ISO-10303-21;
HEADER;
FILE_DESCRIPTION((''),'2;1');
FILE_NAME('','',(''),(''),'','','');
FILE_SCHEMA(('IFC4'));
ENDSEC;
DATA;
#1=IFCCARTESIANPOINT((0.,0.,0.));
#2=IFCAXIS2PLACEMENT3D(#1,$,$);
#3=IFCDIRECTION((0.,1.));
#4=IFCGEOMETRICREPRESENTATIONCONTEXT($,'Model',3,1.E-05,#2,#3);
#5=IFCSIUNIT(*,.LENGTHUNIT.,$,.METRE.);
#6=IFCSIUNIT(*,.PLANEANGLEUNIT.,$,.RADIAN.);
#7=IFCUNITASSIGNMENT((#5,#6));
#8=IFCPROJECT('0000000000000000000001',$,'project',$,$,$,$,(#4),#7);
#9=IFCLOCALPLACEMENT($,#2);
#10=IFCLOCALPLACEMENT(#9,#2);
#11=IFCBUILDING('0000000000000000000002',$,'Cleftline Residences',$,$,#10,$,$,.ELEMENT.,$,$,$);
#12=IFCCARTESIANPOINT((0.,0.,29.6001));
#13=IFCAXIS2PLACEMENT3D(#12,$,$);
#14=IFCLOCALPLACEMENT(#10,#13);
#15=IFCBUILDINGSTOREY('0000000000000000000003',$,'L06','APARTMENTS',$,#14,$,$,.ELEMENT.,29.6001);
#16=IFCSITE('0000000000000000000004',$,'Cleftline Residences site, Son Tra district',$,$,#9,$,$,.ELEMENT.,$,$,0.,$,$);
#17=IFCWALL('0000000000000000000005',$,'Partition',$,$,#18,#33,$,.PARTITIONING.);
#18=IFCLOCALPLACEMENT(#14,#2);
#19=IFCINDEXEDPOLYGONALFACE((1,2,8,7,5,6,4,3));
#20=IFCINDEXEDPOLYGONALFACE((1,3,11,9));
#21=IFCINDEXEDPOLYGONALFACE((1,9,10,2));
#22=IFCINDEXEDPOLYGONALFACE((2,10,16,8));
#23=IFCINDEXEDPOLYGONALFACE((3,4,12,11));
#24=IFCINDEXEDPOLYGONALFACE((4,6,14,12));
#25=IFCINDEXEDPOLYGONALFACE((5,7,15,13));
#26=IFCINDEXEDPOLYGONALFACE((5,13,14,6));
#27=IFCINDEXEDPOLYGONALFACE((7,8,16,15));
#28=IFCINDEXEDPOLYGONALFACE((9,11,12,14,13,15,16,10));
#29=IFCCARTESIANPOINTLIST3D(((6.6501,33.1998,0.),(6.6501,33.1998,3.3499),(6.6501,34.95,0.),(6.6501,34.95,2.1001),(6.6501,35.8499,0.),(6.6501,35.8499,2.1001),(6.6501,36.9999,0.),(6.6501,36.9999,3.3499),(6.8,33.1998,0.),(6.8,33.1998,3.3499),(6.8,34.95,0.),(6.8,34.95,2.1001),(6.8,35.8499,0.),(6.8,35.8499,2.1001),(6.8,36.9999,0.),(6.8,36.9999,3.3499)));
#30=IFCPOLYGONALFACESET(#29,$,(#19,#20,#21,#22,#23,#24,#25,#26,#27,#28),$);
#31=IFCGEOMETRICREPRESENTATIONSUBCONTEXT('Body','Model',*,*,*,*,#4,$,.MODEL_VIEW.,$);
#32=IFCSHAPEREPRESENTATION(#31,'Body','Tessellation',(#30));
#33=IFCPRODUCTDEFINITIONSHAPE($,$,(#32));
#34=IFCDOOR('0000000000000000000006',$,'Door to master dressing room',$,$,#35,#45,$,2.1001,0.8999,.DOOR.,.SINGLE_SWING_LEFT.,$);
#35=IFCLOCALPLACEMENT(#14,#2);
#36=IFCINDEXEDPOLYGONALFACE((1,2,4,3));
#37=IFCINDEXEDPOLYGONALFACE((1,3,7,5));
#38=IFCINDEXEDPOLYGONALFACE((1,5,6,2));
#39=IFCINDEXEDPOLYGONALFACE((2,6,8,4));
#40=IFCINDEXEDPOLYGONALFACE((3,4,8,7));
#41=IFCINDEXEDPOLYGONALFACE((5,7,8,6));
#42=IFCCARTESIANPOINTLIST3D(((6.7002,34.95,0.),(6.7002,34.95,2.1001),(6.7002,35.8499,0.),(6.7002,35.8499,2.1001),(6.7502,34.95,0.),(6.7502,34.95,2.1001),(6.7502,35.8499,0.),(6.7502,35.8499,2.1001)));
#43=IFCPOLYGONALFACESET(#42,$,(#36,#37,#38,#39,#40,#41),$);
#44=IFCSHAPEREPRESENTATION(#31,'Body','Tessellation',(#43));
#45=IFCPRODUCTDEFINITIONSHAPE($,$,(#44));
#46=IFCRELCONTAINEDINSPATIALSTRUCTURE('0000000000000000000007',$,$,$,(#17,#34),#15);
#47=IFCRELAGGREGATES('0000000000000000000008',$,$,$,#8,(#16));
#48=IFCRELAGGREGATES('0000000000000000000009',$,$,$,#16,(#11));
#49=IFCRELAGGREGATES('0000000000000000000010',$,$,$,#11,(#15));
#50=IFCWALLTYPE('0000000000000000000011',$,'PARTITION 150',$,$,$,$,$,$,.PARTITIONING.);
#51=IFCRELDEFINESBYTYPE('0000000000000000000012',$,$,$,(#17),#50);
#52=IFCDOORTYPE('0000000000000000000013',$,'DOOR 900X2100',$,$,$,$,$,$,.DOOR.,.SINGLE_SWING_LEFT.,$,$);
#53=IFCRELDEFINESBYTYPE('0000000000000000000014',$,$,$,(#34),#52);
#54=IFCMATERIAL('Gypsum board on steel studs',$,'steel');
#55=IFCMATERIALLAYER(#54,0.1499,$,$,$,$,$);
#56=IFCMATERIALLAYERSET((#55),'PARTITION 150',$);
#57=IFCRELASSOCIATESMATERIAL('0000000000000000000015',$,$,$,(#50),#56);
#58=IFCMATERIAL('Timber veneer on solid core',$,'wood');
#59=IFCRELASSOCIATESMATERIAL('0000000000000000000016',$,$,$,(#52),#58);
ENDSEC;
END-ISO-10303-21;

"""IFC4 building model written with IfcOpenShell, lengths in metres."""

from ifc_helpers import new_model, si_unit, direction, frame, frame_2d, origin, place, context, subcontext, project, spatial, rectangle, extrude, material, layer, layer_set, type_object, element, fill, save


model = new_model("IFC4")

# Units and contexts
model_context = context("Model", 3, precision=1e-05, world=origin(), true_north=direction((0.0, 1.0)))
body_context = subcontext(model_context, "Body", "Model", "MODEL_VIEW")
ifc_project = project(units=[si_unit("LENGTHUNIT", "METRE"), si_unit("PLANEANGLEUNIT", "RADIAN")], contexts=[model_context])

# Site, building, storey
site_placement = place(None, origin())
site = spatial("IfcSite", under=ifc_project, at=site_placement, Name="Cleftline Residences site, Son Tra district", CompositionType="ELEMENT", RefElevation=0.0)
building_placement = place(site_placement, origin())
building = spatial("IfcBuilding", under=site, at=building_placement, Name="Cleftline Residences", CompositionType="ELEMENT")
storey_placement = place(building_placement, frame((0.0, 0.0, 29.6001)))
storey = spatial("IfcBuildingStorey", under=building, at=storey_placement, Name="L06", Description="APARTMENTS", CompositionType="ELEMENT", Elevation=29.6001)

# Shared definitions
ifc_material_1 = material(Name="Gypsum board on steel studs", Category="steel")
ifc_layer = layer(ifc_material_1, 0.1499)
ifc_layer_set = layer_set([ifc_layer], Name="PARTITION 150")
wall_type = type_object("IfcWallType", Name="PARTITION 150", PredefinedType="PARTITIONING", material=ifc_layer_set)

# Shared definitions
ifc_material_2 = material(Name="Timber veneer on solid core", Category="wood")
door_type_1 = type_object("IfcDoorType", Name="DOOR 900X2100", OperationType="SINGLE_SWING_LEFT", PredefinedType="DOOR", material=ifc_material_2)

# Wall, opening, door
wall_1_placement = place(storey_placement, frame((6.7251, 33.2, 0.0), z_axis=(0.0, 0.0, 1.0), x_axis=(0.0, 1.0, 0.0)))
wall_1 = element("IfcWall", 1, at=wall_1_placement, inside=storey, type_object=wall_type, Name="Partition", PredefinedType="PARTITIONING", context=body_context, shape_type="SweptSolid", body=[
    extrude(rectangle(XDim=3.8, YDim=0.1499, at=frame_2d((1.8999, 0.0))), origin(), (0.0, 0.0, 1.0), 3.3499),
])
opening_1_placement = place(wall_1_placement, frame((1.75, 0.0, 0.0)))
opening_1 = element("IfcOpeningElement", 2, at=opening_1_placement, cuts=wall_1, PredefinedType="OPENING", context=body_context, shape_type="SweptSolid", body=[
    extrude(rectangle(XDim=0.8999, YDim=2.1001, at=frame_2d((0.45, 1.05))), frame((0.0, 0.085, 0.0), z_axis=(0.0, -1.0, 0.0), x_axis=(1.0, 0.0, 0.0)), (0.0, 0.0, 1.0), 0.1699),
])
door_1_placement = place(opening_1_placement, origin())
door_1 = element("IfcDoor", 3, at=door_1_placement, inside=storey, type_object=door_type_1, Name="Door to master dressing room", OperationType="SINGLE_SWING_LEFT", OverallHeight=2.1001, OverallWidth=0.8999, PredefinedType="DOOR", context=body_context, shape_type="SweptSolid", body=[
    extrude(rectangle(XDim=0.8999, YDim=2.1001, at=frame_2d((0.45, 1.05))), frame((0.0, 0.0249, 0.0), z_axis=(0.0, -1.0, 0.0), x_axis=(1.0, 0.0, 0.0)), (0.0, 0.0, 1.0), 0.05),
])
fill(opening_1, door_1)

save(model, "model.ifc")
